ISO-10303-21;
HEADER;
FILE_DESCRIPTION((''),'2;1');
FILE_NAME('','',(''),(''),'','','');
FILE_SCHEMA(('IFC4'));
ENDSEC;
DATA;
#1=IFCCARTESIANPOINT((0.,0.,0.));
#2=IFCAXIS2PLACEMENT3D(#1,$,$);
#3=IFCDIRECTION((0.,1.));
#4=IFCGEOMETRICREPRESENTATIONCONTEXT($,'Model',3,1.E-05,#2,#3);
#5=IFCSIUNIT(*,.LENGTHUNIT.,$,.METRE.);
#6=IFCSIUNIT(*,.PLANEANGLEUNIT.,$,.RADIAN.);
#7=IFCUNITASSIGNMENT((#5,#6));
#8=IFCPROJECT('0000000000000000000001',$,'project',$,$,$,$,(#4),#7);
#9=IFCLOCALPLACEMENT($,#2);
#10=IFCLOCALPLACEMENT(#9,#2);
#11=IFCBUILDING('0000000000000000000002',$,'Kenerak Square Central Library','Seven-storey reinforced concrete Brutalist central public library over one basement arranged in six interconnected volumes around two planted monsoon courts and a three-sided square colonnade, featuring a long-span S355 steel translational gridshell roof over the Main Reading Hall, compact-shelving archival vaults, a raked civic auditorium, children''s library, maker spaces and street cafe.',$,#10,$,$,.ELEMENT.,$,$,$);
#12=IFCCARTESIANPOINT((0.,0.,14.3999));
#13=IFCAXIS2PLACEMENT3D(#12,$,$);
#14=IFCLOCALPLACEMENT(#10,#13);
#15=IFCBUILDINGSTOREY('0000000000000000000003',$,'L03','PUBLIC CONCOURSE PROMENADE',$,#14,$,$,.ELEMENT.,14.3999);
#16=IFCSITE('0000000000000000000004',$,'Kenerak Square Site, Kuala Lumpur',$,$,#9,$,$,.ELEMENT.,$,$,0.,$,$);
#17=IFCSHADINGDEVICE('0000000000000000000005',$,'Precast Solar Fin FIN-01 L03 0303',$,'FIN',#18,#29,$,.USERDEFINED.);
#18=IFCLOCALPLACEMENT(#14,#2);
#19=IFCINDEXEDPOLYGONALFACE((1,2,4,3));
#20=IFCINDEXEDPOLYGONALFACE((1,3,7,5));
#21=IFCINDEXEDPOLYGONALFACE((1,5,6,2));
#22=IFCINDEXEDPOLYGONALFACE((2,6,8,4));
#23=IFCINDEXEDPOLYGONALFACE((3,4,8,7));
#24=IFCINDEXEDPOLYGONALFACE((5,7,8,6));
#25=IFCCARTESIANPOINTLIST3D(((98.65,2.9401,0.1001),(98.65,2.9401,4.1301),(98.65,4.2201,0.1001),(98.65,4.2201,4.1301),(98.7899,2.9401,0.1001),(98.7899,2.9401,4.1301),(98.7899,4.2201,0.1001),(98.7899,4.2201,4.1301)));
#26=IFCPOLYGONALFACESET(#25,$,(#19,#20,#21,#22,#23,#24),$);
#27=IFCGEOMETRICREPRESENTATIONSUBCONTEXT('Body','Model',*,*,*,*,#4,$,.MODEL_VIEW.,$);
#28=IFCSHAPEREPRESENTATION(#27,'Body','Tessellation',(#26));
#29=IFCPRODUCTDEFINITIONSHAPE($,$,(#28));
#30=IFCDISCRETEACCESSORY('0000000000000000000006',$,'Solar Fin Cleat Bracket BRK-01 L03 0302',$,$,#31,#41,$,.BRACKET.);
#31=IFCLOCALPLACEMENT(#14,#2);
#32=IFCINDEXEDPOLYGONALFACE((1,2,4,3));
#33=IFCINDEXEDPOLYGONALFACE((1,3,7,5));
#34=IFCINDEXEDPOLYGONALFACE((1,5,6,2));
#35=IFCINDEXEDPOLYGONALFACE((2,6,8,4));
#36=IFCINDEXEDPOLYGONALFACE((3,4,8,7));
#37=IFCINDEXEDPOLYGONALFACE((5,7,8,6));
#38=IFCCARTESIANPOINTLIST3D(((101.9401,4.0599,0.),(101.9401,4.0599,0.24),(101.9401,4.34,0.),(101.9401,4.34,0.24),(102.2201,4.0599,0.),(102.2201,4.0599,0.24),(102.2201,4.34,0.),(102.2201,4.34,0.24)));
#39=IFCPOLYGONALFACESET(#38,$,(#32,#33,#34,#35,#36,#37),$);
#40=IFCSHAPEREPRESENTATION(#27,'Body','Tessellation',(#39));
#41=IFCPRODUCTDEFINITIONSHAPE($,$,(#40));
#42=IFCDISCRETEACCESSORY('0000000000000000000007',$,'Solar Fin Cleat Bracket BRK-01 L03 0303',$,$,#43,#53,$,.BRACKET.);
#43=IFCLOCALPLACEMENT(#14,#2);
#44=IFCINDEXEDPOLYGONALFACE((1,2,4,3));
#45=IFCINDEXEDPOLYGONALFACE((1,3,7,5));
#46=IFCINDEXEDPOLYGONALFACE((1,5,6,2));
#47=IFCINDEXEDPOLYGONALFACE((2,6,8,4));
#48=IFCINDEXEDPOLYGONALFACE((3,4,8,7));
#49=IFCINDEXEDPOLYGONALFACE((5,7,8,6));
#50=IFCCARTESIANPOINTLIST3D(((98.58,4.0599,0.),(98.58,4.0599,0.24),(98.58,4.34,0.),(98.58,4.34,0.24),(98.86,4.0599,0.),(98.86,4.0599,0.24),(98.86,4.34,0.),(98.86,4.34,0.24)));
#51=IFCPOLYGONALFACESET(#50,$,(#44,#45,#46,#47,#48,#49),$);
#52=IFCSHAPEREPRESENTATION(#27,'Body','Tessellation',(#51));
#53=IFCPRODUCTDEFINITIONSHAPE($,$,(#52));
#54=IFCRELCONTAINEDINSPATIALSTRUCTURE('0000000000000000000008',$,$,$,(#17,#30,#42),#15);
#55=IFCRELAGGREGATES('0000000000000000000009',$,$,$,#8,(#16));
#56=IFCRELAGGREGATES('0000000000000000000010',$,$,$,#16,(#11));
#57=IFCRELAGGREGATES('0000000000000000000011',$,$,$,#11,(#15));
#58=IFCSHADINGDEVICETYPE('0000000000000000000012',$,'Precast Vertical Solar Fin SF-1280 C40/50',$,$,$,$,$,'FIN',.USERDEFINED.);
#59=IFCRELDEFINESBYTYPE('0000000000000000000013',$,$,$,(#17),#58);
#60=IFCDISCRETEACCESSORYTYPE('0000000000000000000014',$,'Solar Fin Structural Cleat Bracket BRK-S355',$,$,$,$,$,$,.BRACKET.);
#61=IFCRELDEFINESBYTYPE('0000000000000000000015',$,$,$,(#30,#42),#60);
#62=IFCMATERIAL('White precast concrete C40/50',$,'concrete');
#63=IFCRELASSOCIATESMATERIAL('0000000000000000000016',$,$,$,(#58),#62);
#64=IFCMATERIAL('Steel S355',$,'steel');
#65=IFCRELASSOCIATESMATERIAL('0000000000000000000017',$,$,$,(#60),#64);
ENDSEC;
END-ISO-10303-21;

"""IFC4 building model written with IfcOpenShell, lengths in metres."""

from ifc_helpers import new_model, si_unit, direction, frame, origin, origin_2d, place, context, subcontext, project, spatial, rectangle, extrude, material, type_object, element, save


model = new_model("IFC4")

# Units and contexts
model_context = context("Model", 3, precision=1e-05, world=origin(), true_north=direction((0.0, 1.0)))
body_context = subcontext(model_context, "Body", "Model", "MODEL_VIEW")
ifc_project = project(units=[si_unit("LENGTHUNIT", "METRE"), si_unit("PLANEANGLEUNIT", "RADIAN")], contexts=[model_context])

# Site, building, storey
site_placement = place(None, origin())
site = spatial("IfcSite", under=ifc_project, at=site_placement, Name="Kenerak Square Site, Kuala Lumpur", CompositionType="ELEMENT", RefElevation=0.0)
building_placement = place(site_placement, origin())
building = spatial("IfcBuilding", under=site, at=building_placement, Name="Kenerak Square Central Library", Description="Seven-storey reinforced concrete Brutalist central public library over one basement arranged in six interconnected volumes around two planted monsoon courts and a three-sided square colonnade, featuring a long-span S355 steel translational gridshell roof over the Main Reading Hall, compact-shelving archival vaults, a raked civic auditorium, children's library, maker spaces and street cafe.", CompositionType="ELEMENT")
storey_placement = place(building_placement, frame((0.0, 0.0, 14.3999)))
storey = spatial("IfcBuildingStorey", under=building, at=storey_placement, Name="L03", Description="PUBLIC CONCOURSE PROMENADE", CompositionType="ELEMENT", Elevation=14.3999)

# Shared definitions
ifc_material_1 = material(Name="Steel S355", Category="steel")

# Shading device
ifc_material_2 = material(Name="White precast concrete C40/50", Category="concrete")
shading_device_type = type_object("IfcShadingDeviceType", Name="Precast Vertical Solar Fin SF-1280 C40/50", ElementType="FIN", PredefinedType="USERDEFINED", material=ifc_material_2)
for number, where, z_axis, x_axis, name in (
    (1, (98.72, 3.5801, 0.1001), (0.0, 0.0, 1.0), (-1.0, 0.0, 0.0), "Precast Solar Fin FIN-01 L03 0303"),
):
    element("IfcShadingDevice", number, at=place(storey_placement, frame(where, z_axis=z_axis, x_axis=x_axis)), inside=storey, type_object=shading_device_type, Name=name, ObjectType="FIN", PredefinedType="USERDEFINED", context=body_context, shape_type="SweptSolid", body=[
        extrude(rectangle(XDim=0.1399, YDim=1.28, at=origin_2d()), origin(), (0.0, 0.0, 1.0), 4.03),
    ])

# Discrete accessories
discrete_accessory_type = type_object("IfcDiscreteAccessoryType", Name="Solar Fin Structural Cleat Bracket BRK-S355", PredefinedType="BRACKET", material=ifc_material_1)
for number, where, z_axis, x_axis, name in (
    (2, (102.0801, 4.2, 0.0), (0.0, 0.0, 1.0), (-1.0, 0.0, 0.0), "Solar Fin Cleat Bracket BRK-01 L03 0302"),
    (3, (98.72, 4.2, 0.0), (0.0, 0.0, 1.0), (-1.0, 0.0, 0.0), "Solar Fin Cleat Bracket BRK-01 L03 0303"),
):
    element("IfcDiscreteAccessory", number, at=place(storey_placement, frame(where, z_axis=z_axis, x_axis=x_axis)), inside=storey, type_object=discrete_accessory_type, Name=name, PredefinedType="BRACKET", context=body_context, shape_type="SweptSolid", body=[
        extrude(rectangle(XDim=0.28, YDim=0.28, at=origin_2d()), origin(), (0.0, 0.0, 1.0), 0.24),
    ])

save(model, "model.ifc")
